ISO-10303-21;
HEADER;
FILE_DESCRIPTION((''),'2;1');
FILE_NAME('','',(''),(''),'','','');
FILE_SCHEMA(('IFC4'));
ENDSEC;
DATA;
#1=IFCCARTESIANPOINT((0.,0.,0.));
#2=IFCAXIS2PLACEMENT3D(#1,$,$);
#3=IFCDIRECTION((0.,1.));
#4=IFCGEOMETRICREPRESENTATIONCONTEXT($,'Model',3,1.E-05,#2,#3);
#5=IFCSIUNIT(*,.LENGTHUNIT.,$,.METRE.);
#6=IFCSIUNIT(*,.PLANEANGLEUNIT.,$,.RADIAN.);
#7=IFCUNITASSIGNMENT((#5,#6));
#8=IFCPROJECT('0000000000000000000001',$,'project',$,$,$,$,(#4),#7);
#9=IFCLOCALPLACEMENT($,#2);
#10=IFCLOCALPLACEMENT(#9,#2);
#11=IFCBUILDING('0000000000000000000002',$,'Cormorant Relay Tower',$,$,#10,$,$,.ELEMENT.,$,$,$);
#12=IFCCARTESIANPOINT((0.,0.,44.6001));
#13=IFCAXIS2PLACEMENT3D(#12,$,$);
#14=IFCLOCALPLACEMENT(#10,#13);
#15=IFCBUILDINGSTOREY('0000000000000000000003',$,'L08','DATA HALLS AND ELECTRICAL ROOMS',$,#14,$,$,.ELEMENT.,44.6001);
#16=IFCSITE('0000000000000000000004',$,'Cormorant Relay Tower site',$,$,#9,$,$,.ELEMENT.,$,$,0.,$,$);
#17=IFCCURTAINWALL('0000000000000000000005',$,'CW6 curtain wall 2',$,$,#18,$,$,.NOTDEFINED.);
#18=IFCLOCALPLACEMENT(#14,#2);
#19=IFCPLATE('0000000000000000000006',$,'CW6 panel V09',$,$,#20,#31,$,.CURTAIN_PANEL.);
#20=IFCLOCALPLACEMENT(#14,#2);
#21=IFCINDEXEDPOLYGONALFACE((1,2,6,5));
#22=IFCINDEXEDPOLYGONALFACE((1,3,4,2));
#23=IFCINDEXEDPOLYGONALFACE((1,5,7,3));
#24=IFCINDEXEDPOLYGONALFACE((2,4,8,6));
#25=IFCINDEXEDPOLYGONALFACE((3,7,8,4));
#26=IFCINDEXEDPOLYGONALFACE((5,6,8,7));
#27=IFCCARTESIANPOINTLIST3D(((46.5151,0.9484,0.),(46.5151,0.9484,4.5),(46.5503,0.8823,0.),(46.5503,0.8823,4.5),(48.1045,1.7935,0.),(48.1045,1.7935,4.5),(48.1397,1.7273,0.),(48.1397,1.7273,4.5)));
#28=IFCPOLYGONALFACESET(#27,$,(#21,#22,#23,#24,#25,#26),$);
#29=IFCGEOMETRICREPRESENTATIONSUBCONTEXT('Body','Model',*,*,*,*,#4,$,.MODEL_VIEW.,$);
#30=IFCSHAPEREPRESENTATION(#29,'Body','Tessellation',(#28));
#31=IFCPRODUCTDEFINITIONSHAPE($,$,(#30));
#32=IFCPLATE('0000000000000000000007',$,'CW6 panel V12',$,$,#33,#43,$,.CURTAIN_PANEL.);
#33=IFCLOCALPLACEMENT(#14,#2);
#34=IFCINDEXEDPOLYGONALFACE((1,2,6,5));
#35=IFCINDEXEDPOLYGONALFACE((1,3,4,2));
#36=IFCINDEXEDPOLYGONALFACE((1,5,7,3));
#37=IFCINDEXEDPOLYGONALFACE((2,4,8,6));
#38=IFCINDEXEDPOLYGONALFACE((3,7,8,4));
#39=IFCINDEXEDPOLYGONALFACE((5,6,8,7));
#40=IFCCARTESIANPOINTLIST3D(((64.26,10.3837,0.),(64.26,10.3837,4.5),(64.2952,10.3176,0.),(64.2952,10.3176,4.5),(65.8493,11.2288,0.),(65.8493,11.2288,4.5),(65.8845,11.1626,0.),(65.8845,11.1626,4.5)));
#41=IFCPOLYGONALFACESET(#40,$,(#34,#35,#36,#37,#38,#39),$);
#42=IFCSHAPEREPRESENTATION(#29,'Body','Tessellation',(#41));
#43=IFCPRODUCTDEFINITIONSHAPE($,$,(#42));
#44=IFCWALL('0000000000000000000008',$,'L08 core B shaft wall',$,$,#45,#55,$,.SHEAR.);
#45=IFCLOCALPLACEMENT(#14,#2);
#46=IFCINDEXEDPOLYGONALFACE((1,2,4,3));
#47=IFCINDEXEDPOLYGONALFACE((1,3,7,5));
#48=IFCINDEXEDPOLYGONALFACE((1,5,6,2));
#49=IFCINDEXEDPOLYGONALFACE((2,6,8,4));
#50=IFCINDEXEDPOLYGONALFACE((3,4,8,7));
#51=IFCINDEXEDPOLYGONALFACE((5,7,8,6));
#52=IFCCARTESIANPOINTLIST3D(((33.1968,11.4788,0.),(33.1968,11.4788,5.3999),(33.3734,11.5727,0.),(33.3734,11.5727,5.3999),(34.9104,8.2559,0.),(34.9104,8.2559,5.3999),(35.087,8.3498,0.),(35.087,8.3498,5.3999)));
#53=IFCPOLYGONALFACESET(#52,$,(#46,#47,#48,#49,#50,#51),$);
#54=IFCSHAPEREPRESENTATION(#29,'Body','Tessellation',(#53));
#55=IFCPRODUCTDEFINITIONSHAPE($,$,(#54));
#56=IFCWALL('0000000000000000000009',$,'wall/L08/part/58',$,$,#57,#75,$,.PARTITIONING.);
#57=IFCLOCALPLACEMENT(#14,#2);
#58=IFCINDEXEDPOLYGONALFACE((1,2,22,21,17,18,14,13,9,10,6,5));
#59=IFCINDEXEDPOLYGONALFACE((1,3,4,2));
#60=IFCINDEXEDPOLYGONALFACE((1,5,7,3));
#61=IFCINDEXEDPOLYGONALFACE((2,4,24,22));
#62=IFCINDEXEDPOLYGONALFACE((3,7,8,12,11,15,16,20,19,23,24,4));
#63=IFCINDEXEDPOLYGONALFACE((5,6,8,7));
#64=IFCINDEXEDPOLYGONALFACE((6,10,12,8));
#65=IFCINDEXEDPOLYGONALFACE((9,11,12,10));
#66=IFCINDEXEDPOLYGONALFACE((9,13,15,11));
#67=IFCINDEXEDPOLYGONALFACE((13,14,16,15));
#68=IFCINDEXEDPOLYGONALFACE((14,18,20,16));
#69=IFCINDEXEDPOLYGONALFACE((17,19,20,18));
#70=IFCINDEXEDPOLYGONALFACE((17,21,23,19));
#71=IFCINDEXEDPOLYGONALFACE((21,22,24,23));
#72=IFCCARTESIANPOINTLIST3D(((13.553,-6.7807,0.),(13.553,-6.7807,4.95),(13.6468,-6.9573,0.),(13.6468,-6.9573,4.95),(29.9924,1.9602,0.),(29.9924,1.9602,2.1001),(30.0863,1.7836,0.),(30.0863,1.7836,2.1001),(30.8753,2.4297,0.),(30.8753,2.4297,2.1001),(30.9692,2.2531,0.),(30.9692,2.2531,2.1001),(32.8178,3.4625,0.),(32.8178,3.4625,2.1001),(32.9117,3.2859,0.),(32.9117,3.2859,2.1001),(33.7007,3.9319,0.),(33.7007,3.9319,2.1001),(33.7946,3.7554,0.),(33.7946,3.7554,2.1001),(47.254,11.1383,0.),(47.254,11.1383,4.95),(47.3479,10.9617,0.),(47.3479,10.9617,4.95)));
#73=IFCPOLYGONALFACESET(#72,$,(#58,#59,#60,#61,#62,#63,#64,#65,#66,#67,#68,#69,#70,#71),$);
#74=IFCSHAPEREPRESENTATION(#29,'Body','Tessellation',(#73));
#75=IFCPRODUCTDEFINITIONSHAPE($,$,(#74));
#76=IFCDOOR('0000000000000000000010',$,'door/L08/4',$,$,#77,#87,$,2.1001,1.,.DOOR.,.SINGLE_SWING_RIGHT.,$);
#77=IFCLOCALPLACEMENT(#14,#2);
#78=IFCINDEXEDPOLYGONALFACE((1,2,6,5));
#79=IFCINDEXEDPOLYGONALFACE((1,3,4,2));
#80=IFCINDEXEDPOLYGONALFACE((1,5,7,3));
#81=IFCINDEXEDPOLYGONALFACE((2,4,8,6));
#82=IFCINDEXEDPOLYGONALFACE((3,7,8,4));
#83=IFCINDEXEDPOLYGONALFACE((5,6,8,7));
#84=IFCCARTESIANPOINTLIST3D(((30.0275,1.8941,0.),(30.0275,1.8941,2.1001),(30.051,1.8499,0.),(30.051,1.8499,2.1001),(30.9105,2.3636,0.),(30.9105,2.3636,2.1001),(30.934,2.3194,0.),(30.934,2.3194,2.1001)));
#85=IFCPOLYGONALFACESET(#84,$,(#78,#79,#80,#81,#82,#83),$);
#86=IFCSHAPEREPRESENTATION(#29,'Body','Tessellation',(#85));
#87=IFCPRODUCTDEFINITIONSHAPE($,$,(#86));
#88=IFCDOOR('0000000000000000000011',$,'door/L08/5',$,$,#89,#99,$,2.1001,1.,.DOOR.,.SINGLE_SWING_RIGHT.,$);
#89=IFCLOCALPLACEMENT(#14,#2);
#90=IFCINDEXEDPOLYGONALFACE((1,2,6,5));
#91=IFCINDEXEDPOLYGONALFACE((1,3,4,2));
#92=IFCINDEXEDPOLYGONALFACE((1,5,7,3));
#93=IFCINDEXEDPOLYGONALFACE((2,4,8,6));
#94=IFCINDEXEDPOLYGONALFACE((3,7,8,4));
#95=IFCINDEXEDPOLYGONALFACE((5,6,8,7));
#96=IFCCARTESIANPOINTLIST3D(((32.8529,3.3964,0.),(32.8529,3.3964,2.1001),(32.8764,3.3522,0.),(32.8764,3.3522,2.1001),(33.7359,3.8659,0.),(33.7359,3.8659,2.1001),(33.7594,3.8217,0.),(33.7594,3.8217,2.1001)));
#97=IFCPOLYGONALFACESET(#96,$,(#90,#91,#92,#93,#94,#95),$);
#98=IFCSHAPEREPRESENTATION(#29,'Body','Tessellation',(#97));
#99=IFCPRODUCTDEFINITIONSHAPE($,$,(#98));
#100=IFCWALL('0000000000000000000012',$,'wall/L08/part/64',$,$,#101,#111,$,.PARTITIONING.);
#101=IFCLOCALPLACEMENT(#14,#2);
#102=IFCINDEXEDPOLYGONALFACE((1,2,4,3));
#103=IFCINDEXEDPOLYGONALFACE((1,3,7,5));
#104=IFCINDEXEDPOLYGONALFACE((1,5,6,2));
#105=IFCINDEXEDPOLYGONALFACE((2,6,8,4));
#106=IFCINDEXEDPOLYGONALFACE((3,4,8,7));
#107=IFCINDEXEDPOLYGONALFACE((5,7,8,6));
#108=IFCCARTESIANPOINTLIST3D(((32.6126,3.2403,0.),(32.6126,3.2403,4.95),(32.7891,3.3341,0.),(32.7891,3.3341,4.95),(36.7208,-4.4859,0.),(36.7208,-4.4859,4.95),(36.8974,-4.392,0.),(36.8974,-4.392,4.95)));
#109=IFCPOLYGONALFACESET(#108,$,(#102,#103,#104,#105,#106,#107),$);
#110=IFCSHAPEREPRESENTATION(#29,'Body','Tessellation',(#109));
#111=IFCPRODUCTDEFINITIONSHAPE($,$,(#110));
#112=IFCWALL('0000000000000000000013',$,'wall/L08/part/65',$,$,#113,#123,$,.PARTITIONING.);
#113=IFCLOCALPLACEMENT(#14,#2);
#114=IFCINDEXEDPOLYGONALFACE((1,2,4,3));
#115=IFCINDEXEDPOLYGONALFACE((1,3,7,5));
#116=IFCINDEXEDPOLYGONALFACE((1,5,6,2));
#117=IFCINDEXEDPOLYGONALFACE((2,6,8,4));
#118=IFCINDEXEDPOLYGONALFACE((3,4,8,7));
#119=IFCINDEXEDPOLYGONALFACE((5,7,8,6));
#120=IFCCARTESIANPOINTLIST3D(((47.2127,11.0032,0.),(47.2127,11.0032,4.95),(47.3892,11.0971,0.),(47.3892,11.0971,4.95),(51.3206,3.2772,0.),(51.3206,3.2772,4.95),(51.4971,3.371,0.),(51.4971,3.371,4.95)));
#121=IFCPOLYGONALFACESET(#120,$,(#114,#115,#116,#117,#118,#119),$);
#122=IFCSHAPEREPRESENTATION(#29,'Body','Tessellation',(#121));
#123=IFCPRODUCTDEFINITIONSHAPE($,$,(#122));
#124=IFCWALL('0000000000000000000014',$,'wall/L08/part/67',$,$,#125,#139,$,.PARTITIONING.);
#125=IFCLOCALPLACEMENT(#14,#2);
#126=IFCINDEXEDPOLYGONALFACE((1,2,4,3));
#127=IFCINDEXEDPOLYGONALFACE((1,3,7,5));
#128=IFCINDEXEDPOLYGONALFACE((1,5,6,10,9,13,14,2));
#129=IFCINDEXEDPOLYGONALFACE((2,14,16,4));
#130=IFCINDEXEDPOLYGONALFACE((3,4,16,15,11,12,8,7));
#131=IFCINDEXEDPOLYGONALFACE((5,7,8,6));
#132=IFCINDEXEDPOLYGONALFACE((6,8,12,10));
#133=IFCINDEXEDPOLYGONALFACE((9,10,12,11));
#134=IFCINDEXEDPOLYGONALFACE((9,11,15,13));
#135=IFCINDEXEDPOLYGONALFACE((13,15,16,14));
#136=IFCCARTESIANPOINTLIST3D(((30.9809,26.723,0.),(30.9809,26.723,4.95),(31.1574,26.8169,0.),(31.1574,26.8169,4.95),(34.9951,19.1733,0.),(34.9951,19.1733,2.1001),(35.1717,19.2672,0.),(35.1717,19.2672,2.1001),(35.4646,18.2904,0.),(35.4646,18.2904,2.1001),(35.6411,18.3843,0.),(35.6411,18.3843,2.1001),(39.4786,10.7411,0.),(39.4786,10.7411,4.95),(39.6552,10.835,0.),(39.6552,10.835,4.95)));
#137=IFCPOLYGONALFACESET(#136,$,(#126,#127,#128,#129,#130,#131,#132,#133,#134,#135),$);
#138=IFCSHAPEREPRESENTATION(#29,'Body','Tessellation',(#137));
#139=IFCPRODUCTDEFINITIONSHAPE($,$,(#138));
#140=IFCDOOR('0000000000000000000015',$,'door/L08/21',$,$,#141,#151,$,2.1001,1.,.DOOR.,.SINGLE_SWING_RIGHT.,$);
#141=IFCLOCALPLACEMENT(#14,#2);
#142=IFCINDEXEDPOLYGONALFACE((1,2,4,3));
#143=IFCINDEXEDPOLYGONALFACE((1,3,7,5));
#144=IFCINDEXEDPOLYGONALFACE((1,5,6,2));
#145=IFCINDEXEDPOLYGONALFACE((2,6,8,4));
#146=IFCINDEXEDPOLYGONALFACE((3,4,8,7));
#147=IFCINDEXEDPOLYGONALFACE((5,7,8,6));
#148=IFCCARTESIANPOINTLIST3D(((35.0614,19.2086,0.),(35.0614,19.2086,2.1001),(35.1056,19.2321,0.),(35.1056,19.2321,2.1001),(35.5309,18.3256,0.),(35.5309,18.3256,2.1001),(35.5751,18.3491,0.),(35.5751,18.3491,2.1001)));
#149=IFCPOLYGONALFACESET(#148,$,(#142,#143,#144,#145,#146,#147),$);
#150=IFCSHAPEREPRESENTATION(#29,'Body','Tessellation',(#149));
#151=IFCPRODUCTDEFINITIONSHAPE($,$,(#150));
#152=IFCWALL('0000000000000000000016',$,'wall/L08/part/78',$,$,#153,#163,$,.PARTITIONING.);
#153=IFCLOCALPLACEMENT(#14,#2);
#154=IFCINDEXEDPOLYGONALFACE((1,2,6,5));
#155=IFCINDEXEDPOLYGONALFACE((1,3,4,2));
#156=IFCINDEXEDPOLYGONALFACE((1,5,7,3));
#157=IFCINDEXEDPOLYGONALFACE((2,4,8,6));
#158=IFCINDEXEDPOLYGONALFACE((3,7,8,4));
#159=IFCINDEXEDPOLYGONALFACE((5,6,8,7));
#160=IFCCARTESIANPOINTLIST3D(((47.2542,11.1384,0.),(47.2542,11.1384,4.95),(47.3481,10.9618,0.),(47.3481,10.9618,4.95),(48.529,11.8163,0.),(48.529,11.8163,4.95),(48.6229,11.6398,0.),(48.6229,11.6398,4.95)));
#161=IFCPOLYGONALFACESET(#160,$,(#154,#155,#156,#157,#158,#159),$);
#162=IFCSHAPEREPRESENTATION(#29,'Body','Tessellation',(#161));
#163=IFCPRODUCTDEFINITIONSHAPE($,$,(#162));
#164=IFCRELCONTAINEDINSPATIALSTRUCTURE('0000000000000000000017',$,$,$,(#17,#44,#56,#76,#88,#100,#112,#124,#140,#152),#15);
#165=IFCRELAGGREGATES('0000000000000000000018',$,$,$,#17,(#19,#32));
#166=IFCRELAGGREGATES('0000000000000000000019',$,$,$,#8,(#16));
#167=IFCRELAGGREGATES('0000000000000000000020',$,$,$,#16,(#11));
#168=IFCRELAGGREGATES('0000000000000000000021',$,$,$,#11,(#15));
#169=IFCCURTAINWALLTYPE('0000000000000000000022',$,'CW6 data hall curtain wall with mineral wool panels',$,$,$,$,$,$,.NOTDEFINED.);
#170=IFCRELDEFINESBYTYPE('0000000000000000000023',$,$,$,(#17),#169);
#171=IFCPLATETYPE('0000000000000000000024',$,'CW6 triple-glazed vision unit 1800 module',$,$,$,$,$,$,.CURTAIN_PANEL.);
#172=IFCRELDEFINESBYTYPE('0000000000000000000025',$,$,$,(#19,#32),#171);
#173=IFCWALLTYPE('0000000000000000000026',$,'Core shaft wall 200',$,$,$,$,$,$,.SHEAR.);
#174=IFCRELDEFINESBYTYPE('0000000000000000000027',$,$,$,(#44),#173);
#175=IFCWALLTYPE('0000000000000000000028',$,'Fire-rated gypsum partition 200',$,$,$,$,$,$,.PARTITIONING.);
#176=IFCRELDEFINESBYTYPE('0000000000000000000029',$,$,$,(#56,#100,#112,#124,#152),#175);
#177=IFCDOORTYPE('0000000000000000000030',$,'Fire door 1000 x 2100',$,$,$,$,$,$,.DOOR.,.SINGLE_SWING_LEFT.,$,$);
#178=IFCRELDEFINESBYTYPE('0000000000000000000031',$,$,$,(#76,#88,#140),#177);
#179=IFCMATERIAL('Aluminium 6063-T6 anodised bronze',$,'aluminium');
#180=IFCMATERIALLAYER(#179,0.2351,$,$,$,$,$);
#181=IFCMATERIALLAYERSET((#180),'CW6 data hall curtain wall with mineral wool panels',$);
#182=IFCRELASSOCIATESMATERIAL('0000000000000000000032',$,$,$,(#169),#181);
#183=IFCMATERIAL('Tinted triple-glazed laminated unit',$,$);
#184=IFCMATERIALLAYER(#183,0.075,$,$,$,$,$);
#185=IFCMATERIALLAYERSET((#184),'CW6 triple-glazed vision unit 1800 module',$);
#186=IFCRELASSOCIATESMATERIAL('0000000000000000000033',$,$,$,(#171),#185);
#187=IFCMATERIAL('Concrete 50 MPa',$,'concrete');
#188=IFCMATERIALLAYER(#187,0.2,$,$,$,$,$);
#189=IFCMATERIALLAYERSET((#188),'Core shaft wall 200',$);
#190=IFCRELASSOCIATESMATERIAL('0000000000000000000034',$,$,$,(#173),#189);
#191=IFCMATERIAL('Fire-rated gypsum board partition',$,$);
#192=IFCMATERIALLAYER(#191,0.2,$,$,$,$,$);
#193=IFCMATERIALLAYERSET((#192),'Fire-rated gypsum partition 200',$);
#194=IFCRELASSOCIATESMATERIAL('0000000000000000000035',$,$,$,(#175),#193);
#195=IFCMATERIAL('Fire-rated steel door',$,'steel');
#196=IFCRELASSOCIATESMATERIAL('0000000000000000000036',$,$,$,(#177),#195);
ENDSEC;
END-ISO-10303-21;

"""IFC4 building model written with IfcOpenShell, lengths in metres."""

from ifc_helpers import new_model, si_unit, direction, frame, frame_2d, origin, origin_2d, place, context, subcontext, project, spatial, rectangle, extrude, material, layer, layer_set, type_object, element, fill, aggregate, save


model = new_model("IFC4")

# Units and contexts
model_context = context("Model", 3, precision=1e-05, world=origin(), true_north=direction((0.0, 1.0)))
body_context = subcontext(model_context, "Body", "Model", "MODEL_VIEW")
ifc_project = project(units=[si_unit("LENGTHUNIT", "METRE"), si_unit("PLANEANGLEUNIT", "RADIAN")], contexts=[model_context])

# Site, building, storey
site_placement = place(None, origin())
site = spatial("IfcSite", under=ifc_project, at=site_placement, Name="Cormorant Relay Tower site", CompositionType="ELEMENT", RefElevation=0.0)
building_placement = place(site_placement, origin())
building = spatial("IfcBuilding", under=site, at=building_placement, Name="Cormorant Relay Tower", CompositionType="ELEMENT")
storey_placement = place(building_placement, frame((0.0, 0.0, 44.6001)))
storey = spatial("IfcBuildingStorey", under=building, at=storey_placement, Name="L08", Description="DATA HALLS AND ELECTRICAL ROOMS", CompositionType="ELEMENT", Elevation=44.6001)

# Curtain wall
ifc_material_1 = material(Name="Aluminium 6063-T6 anodised bronze", Category="aluminium")
ifc_layer_1 = layer(ifc_material_1, 0.2351)
ifc_layer_set_1 = layer_set([ifc_layer_1], Name="CW6 data hall curtain wall with mineral wool panels")
curtain_wall_type = type_object("IfcCurtainWallType", Name="CW6 data hall curtain wall with mineral wool panels", PredefinedType="NOTDEFINED", material=ifc_layer_set_1)
curtain_wall_1_placement = place(storey_placement, origin())
curtain_wall_1 = element("IfcCurtainWall", 1, at=curtain_wall_1_placement, inside=storey, type_object=curtain_wall_type, Name="CW6 curtain wall 2", PredefinedType="NOTDEFINED")

# Plates
ifc_material_2 = material(Name="Tinted triple-glazed laminated unit")
ifc_layer_2 = layer(ifc_material_2, 0.075)
ifc_layer_set_2 = layer_set([ifc_layer_2], Name="CW6 triple-glazed vision unit 1800 module")
plate_type = type_object("IfcPlateType", Name="CW6 triple-glazed vision unit 1800 module", PredefinedType="CURTAIN_PANEL", material=ifc_layer_set_2)
plate_1_placement = place(storey_placement, frame((47.3274, 1.3379, 0.0), z_axis=(0.0, 0.0, 1.0), x_axis=(0.882948, 0.469472, 0.0)))
plate_1 = element("IfcPlate", 2, at=plate_1_placement, type_object=plate_type, Name="CW6 panel V09", PredefinedType="CURTAIN_PANEL", context=body_context, shape_type="SweptSolid", body=[
    extrude(rectangle(XDim=1.8, YDim=0.075, at=origin_2d()), origin(), (0.0, 0.0, 1.0), 4.5),
])
plate_2_placement = place(storey_placement, frame((65.0723, 10.7732, 0.0), z_axis=(0.0, 0.0, 1.0), x_axis=(0.882948, 0.469472, 0.0)))
plate_2 = element("IfcPlate", 3, at=plate_2_placement, type_object=plate_type, Name="CW6 panel V12", PredefinedType="CURTAIN_PANEL", context=body_context, shape_type="SweptSolid", body=[
    extrude(rectangle(XDim=1.8, YDim=0.075, at=origin_2d()), origin(), (0.0, 0.0, 1.0), 4.5),
])

# Wall
ifc_material_3 = material(Name="Concrete 50 MPa", Category="concrete")
ifc_layer_3 = layer(ifc_material_3, 0.2)
ifc_layer_set_3 = layer_set([ifc_layer_3], Name="Core shaft wall 200")
wall_type_1 = type_object("IfcWallType", Name="Core shaft wall 200", PredefinedType="SHEAR", material=ifc_layer_set_3)
wall_1_placement = place(storey_placement, frame((34.9988, 8.3027, 0.0), z_axis=(0.0, 0.0, 1.0), x_axis=(-0.469467, 0.88295, 0.0)))
element("IfcWall", 4, at=wall_1_placement, inside=storey, type_object=wall_type_1, Name="L08 core B shaft wall", PredefinedType="SHEAR", context=body_context, shape_type="SweptSolid", body=[
    extrude(rectangle(XDim=3.6501, YDim=0.2, at=frame_2d((1.8252, 0.0))), origin(), (0.0, 0.0, 1.0), 5.3999),
])

# Wall, openings, doors
ifc_material_4 = material(Name="Fire-rated gypsum board partition")
ifc_layer_4 = layer(ifc_material_4, 0.2)
ifc_layer_set_4 = layer_set([ifc_layer_4], Name="Fire-rated gypsum partition 200")
wall_type_2 = type_object("IfcWallType", Name="Fire-rated gypsum partition 200", PredefinedType="PARTITIONING", material=ifc_layer_set_4)
wall_2_placement = place(storey_placement, frame((47.301, 11.05, 0.0), z_axis=(0.0, 0.0, 1.0), x_axis=(-0.882949, -0.469468, 0.0)))
wall_2 = element("IfcWall", 5, at=wall_2_placement, inside=storey, type_object=wall_type_2, Name="wall/L08/part/58", PredefinedType="PARTITIONING", context=body_context, shape_type="SweptSolid", body=[
    extrude(rectangle(XDim=38.1687, YDim=0.2, at=frame_2d((19.0845, 0.0))), origin(), (0.0, 0.0, 1.0), 4.95),
])
opening_1_placement = place(wall_2_placement, frame((18.55, 0.0, 0.0)))
opening_1 = element("IfcOpeningElement", 6, at=opening_1_placement, cuts=wall_2, PredefinedType="OPENING", context=body_context, shape_type="SweptSolid", body=[
    extrude(rectangle(XDim=1.0, YDim=2.1001, at=frame_2d((0.5, 1.05))), frame((0.0, 0.1099, 0.0), z_axis=(0.0, -1.0, 0.0), x_axis=(1.0, 0.0, 0.0)), (0.0, 0.0, 1.0), 0.22),
])
opening_2_placement = place(wall_2_placement, frame((15.3501, 0.0, 0.0)))
opening_2 = element("IfcOpeningElement", 7, at=opening_2_placement, cuts=wall_2, PredefinedType="OPENING", context=body_context, shape_type="SweptSolid", body=[
    extrude(rectangle(XDim=1.0, YDim=2.1001, at=frame_2d((0.5, 1.05))), frame((0.0, 0.1099, 0.0), z_axis=(0.0, -1.0, 0.0), x_axis=(1.0, 0.0, 0.0)), (0.0, 0.0, 1.0), 0.22),
])
ifc_material_5 = material(Name="Fire-rated steel door", Category="steel")
door_type_1 = type_object("IfcDoorType", Name="Fire door 1000 x 2100", OperationType="SINGLE_SWING_LEFT", PredefinedType="DOOR", material=ifc_material_5)
door_1_placement = place(opening_1_placement, origin())
door_1 = element("IfcDoor", 8, at=door_1_placement, inside=storey, type_object=door_type_1, Name="door/L08/4", OperationType="SINGLE_SWING_RIGHT", OverallHeight=2.1001, OverallWidth=1.0, PredefinedType="DOOR", context=body_context, shape_type="SweptSolid", body=[
    extrude(rectangle(XDim=1.0, YDim=2.1001, at=frame_2d((0.5, 1.05))), frame((0.0, 0.0249, 0.0), z_axis=(0.0, -1.0, 0.0), x_axis=(1.0, 0.0, 0.0)), (0.0, 0.0, 1.0), 0.05),
])
fill(opening_1, door_1)
door_2_placement = place(opening_2_placement, origin())
door_2 = element("IfcDoor", 9, at=door_2_placement, inside=storey, type_object=door_type_1, Name="door/L08/5", OperationType="SINGLE_SWING_RIGHT", OverallHeight=2.1001, OverallWidth=1.0, PredefinedType="DOOR", context=body_context, shape_type="SweptSolid", body=[
    extrude(rectangle(XDim=1.0, YDim=2.1001, at=frame_2d((0.5, 1.05))), frame((0.0, 0.0249, 0.0), z_axis=(0.0, -1.0, 0.0), x_axis=(1.0, 0.0, 0.0)), (0.0, 0.0, 1.0), 0.05),
])
fill(opening_2, door_2)

# Walls
wall_3_placement = place(storey_placement, frame((36.8091, -4.439, 0.0), z_axis=(0.0, 0.0, 1.0), x_axis=(-0.469483, 0.882942, 0.0)))
element("IfcWall", 10, at=wall_3_placement, inside=storey, type_object=wall_type_2, Name="wall/L08/part/64", PredefinedType="PARTITIONING", context=body_context, shape_type="SweptSolid", body=[
    extrude(rectangle(XDim=8.7505, YDim=0.2, at=frame_2d((4.3752, 0.0))), origin(), (0.0, 0.0, 1.0), 4.95),
])
wall_4_placement = place(storey_placement, frame((47.301, 11.05, 0.0), z_axis=(0.0, 0.0, 1.0), x_axis=(0.469461, -0.882953, 0.0)))
element("IfcWall", 11, at=wall_4_placement, inside=storey, type_object=wall_type_2, Name="wall/L08/part/65", PredefinedType="PARTITIONING", context=body_context, shape_type="SweptSolid", body=[
    extrude(rectangle(XDim=8.7502, YDim=0.2, at=frame_2d((4.375, 0.0))), origin(), (0.0, 0.0, 1.0), 4.95),
])

# Wall, opening, door
wall_5_placement = place(storey_placement, frame((39.5669, 10.7881, 0.0), z_axis=(0.0, 0.0, 1.0), x_axis=(-0.469474, 0.882946, 0.0)))
wall_5 = element("IfcWall", 12, at=wall_5_placement, inside=storey, type_object=wall_type_2, Name="wall/L08/part/67", PredefinedType="PARTITIONING", context=body_context, shape_type="SweptSolid", body=[
    extrude(rectangle(XDim=18.1006, YDim=0.2, at=frame_2d((9.0503, 0.0))), origin(), (0.0, 0.0, 1.0), 4.95),
])
opening_3_placement = place(wall_5_placement, frame((8.55, 0.0, 0.0)))
opening_3 = element("IfcOpeningElement", 13, at=opening_3_placement, cuts=wall_5, PredefinedType="OPENING", context=body_context, shape_type="SweptSolid", body=[
    extrude(rectangle(XDim=1.0, YDim=2.1001, at=frame_2d((0.5, 1.05))), frame((0.0, 0.1099, 0.0), z_axis=(0.0, -1.0, 0.0), x_axis=(1.0, 0.0, 0.0)), (0.0, 0.0, 1.0), 0.22),
])
door_3_placement = place(opening_3_placement, origin())
door_3 = element("IfcDoor", 14, at=door_3_placement, inside=storey, type_object=door_type_1, Name="door/L08/21", OperationType="SINGLE_SWING_RIGHT", OverallHeight=2.1001, OverallWidth=1.0, PredefinedType="DOOR", context=body_context, shape_type="SweptSolid", body=[
    extrude(rectangle(XDim=1.0, YDim=2.1001, at=frame_2d((0.5, 1.05))), frame((0.0, 0.0249, 0.0), z_axis=(0.0, -1.0, 0.0), x_axis=(1.0, 0.0, 0.0)), (0.0, 0.0, 1.0), 0.05),
])
fill(opening_3, door_3)

# Wall
wall_6_placement = place(storey_placement, frame((48.5759, 11.728, 0.0), z_axis=(0.0, 0.0, 1.0), x_axis=(-0.882919, -0.469526, 0.0)))
element("IfcWall", 15, at=wall_6_placement, inside=storey, type_object=wall_type_2, Name="wall/L08/part/78", PredefinedType="PARTITIONING", context=body_context, shape_type="SweptSolid", body=[
    extrude(rectangle(XDim=1.4438, YDim=0.2, at=frame_2d((0.7219, 0.0))), origin(), (0.0, 0.0, 1.0), 4.95),
])

aggregate(curtain_wall_1, [plate_1, plate_2])

save(model, "model.ifc")
